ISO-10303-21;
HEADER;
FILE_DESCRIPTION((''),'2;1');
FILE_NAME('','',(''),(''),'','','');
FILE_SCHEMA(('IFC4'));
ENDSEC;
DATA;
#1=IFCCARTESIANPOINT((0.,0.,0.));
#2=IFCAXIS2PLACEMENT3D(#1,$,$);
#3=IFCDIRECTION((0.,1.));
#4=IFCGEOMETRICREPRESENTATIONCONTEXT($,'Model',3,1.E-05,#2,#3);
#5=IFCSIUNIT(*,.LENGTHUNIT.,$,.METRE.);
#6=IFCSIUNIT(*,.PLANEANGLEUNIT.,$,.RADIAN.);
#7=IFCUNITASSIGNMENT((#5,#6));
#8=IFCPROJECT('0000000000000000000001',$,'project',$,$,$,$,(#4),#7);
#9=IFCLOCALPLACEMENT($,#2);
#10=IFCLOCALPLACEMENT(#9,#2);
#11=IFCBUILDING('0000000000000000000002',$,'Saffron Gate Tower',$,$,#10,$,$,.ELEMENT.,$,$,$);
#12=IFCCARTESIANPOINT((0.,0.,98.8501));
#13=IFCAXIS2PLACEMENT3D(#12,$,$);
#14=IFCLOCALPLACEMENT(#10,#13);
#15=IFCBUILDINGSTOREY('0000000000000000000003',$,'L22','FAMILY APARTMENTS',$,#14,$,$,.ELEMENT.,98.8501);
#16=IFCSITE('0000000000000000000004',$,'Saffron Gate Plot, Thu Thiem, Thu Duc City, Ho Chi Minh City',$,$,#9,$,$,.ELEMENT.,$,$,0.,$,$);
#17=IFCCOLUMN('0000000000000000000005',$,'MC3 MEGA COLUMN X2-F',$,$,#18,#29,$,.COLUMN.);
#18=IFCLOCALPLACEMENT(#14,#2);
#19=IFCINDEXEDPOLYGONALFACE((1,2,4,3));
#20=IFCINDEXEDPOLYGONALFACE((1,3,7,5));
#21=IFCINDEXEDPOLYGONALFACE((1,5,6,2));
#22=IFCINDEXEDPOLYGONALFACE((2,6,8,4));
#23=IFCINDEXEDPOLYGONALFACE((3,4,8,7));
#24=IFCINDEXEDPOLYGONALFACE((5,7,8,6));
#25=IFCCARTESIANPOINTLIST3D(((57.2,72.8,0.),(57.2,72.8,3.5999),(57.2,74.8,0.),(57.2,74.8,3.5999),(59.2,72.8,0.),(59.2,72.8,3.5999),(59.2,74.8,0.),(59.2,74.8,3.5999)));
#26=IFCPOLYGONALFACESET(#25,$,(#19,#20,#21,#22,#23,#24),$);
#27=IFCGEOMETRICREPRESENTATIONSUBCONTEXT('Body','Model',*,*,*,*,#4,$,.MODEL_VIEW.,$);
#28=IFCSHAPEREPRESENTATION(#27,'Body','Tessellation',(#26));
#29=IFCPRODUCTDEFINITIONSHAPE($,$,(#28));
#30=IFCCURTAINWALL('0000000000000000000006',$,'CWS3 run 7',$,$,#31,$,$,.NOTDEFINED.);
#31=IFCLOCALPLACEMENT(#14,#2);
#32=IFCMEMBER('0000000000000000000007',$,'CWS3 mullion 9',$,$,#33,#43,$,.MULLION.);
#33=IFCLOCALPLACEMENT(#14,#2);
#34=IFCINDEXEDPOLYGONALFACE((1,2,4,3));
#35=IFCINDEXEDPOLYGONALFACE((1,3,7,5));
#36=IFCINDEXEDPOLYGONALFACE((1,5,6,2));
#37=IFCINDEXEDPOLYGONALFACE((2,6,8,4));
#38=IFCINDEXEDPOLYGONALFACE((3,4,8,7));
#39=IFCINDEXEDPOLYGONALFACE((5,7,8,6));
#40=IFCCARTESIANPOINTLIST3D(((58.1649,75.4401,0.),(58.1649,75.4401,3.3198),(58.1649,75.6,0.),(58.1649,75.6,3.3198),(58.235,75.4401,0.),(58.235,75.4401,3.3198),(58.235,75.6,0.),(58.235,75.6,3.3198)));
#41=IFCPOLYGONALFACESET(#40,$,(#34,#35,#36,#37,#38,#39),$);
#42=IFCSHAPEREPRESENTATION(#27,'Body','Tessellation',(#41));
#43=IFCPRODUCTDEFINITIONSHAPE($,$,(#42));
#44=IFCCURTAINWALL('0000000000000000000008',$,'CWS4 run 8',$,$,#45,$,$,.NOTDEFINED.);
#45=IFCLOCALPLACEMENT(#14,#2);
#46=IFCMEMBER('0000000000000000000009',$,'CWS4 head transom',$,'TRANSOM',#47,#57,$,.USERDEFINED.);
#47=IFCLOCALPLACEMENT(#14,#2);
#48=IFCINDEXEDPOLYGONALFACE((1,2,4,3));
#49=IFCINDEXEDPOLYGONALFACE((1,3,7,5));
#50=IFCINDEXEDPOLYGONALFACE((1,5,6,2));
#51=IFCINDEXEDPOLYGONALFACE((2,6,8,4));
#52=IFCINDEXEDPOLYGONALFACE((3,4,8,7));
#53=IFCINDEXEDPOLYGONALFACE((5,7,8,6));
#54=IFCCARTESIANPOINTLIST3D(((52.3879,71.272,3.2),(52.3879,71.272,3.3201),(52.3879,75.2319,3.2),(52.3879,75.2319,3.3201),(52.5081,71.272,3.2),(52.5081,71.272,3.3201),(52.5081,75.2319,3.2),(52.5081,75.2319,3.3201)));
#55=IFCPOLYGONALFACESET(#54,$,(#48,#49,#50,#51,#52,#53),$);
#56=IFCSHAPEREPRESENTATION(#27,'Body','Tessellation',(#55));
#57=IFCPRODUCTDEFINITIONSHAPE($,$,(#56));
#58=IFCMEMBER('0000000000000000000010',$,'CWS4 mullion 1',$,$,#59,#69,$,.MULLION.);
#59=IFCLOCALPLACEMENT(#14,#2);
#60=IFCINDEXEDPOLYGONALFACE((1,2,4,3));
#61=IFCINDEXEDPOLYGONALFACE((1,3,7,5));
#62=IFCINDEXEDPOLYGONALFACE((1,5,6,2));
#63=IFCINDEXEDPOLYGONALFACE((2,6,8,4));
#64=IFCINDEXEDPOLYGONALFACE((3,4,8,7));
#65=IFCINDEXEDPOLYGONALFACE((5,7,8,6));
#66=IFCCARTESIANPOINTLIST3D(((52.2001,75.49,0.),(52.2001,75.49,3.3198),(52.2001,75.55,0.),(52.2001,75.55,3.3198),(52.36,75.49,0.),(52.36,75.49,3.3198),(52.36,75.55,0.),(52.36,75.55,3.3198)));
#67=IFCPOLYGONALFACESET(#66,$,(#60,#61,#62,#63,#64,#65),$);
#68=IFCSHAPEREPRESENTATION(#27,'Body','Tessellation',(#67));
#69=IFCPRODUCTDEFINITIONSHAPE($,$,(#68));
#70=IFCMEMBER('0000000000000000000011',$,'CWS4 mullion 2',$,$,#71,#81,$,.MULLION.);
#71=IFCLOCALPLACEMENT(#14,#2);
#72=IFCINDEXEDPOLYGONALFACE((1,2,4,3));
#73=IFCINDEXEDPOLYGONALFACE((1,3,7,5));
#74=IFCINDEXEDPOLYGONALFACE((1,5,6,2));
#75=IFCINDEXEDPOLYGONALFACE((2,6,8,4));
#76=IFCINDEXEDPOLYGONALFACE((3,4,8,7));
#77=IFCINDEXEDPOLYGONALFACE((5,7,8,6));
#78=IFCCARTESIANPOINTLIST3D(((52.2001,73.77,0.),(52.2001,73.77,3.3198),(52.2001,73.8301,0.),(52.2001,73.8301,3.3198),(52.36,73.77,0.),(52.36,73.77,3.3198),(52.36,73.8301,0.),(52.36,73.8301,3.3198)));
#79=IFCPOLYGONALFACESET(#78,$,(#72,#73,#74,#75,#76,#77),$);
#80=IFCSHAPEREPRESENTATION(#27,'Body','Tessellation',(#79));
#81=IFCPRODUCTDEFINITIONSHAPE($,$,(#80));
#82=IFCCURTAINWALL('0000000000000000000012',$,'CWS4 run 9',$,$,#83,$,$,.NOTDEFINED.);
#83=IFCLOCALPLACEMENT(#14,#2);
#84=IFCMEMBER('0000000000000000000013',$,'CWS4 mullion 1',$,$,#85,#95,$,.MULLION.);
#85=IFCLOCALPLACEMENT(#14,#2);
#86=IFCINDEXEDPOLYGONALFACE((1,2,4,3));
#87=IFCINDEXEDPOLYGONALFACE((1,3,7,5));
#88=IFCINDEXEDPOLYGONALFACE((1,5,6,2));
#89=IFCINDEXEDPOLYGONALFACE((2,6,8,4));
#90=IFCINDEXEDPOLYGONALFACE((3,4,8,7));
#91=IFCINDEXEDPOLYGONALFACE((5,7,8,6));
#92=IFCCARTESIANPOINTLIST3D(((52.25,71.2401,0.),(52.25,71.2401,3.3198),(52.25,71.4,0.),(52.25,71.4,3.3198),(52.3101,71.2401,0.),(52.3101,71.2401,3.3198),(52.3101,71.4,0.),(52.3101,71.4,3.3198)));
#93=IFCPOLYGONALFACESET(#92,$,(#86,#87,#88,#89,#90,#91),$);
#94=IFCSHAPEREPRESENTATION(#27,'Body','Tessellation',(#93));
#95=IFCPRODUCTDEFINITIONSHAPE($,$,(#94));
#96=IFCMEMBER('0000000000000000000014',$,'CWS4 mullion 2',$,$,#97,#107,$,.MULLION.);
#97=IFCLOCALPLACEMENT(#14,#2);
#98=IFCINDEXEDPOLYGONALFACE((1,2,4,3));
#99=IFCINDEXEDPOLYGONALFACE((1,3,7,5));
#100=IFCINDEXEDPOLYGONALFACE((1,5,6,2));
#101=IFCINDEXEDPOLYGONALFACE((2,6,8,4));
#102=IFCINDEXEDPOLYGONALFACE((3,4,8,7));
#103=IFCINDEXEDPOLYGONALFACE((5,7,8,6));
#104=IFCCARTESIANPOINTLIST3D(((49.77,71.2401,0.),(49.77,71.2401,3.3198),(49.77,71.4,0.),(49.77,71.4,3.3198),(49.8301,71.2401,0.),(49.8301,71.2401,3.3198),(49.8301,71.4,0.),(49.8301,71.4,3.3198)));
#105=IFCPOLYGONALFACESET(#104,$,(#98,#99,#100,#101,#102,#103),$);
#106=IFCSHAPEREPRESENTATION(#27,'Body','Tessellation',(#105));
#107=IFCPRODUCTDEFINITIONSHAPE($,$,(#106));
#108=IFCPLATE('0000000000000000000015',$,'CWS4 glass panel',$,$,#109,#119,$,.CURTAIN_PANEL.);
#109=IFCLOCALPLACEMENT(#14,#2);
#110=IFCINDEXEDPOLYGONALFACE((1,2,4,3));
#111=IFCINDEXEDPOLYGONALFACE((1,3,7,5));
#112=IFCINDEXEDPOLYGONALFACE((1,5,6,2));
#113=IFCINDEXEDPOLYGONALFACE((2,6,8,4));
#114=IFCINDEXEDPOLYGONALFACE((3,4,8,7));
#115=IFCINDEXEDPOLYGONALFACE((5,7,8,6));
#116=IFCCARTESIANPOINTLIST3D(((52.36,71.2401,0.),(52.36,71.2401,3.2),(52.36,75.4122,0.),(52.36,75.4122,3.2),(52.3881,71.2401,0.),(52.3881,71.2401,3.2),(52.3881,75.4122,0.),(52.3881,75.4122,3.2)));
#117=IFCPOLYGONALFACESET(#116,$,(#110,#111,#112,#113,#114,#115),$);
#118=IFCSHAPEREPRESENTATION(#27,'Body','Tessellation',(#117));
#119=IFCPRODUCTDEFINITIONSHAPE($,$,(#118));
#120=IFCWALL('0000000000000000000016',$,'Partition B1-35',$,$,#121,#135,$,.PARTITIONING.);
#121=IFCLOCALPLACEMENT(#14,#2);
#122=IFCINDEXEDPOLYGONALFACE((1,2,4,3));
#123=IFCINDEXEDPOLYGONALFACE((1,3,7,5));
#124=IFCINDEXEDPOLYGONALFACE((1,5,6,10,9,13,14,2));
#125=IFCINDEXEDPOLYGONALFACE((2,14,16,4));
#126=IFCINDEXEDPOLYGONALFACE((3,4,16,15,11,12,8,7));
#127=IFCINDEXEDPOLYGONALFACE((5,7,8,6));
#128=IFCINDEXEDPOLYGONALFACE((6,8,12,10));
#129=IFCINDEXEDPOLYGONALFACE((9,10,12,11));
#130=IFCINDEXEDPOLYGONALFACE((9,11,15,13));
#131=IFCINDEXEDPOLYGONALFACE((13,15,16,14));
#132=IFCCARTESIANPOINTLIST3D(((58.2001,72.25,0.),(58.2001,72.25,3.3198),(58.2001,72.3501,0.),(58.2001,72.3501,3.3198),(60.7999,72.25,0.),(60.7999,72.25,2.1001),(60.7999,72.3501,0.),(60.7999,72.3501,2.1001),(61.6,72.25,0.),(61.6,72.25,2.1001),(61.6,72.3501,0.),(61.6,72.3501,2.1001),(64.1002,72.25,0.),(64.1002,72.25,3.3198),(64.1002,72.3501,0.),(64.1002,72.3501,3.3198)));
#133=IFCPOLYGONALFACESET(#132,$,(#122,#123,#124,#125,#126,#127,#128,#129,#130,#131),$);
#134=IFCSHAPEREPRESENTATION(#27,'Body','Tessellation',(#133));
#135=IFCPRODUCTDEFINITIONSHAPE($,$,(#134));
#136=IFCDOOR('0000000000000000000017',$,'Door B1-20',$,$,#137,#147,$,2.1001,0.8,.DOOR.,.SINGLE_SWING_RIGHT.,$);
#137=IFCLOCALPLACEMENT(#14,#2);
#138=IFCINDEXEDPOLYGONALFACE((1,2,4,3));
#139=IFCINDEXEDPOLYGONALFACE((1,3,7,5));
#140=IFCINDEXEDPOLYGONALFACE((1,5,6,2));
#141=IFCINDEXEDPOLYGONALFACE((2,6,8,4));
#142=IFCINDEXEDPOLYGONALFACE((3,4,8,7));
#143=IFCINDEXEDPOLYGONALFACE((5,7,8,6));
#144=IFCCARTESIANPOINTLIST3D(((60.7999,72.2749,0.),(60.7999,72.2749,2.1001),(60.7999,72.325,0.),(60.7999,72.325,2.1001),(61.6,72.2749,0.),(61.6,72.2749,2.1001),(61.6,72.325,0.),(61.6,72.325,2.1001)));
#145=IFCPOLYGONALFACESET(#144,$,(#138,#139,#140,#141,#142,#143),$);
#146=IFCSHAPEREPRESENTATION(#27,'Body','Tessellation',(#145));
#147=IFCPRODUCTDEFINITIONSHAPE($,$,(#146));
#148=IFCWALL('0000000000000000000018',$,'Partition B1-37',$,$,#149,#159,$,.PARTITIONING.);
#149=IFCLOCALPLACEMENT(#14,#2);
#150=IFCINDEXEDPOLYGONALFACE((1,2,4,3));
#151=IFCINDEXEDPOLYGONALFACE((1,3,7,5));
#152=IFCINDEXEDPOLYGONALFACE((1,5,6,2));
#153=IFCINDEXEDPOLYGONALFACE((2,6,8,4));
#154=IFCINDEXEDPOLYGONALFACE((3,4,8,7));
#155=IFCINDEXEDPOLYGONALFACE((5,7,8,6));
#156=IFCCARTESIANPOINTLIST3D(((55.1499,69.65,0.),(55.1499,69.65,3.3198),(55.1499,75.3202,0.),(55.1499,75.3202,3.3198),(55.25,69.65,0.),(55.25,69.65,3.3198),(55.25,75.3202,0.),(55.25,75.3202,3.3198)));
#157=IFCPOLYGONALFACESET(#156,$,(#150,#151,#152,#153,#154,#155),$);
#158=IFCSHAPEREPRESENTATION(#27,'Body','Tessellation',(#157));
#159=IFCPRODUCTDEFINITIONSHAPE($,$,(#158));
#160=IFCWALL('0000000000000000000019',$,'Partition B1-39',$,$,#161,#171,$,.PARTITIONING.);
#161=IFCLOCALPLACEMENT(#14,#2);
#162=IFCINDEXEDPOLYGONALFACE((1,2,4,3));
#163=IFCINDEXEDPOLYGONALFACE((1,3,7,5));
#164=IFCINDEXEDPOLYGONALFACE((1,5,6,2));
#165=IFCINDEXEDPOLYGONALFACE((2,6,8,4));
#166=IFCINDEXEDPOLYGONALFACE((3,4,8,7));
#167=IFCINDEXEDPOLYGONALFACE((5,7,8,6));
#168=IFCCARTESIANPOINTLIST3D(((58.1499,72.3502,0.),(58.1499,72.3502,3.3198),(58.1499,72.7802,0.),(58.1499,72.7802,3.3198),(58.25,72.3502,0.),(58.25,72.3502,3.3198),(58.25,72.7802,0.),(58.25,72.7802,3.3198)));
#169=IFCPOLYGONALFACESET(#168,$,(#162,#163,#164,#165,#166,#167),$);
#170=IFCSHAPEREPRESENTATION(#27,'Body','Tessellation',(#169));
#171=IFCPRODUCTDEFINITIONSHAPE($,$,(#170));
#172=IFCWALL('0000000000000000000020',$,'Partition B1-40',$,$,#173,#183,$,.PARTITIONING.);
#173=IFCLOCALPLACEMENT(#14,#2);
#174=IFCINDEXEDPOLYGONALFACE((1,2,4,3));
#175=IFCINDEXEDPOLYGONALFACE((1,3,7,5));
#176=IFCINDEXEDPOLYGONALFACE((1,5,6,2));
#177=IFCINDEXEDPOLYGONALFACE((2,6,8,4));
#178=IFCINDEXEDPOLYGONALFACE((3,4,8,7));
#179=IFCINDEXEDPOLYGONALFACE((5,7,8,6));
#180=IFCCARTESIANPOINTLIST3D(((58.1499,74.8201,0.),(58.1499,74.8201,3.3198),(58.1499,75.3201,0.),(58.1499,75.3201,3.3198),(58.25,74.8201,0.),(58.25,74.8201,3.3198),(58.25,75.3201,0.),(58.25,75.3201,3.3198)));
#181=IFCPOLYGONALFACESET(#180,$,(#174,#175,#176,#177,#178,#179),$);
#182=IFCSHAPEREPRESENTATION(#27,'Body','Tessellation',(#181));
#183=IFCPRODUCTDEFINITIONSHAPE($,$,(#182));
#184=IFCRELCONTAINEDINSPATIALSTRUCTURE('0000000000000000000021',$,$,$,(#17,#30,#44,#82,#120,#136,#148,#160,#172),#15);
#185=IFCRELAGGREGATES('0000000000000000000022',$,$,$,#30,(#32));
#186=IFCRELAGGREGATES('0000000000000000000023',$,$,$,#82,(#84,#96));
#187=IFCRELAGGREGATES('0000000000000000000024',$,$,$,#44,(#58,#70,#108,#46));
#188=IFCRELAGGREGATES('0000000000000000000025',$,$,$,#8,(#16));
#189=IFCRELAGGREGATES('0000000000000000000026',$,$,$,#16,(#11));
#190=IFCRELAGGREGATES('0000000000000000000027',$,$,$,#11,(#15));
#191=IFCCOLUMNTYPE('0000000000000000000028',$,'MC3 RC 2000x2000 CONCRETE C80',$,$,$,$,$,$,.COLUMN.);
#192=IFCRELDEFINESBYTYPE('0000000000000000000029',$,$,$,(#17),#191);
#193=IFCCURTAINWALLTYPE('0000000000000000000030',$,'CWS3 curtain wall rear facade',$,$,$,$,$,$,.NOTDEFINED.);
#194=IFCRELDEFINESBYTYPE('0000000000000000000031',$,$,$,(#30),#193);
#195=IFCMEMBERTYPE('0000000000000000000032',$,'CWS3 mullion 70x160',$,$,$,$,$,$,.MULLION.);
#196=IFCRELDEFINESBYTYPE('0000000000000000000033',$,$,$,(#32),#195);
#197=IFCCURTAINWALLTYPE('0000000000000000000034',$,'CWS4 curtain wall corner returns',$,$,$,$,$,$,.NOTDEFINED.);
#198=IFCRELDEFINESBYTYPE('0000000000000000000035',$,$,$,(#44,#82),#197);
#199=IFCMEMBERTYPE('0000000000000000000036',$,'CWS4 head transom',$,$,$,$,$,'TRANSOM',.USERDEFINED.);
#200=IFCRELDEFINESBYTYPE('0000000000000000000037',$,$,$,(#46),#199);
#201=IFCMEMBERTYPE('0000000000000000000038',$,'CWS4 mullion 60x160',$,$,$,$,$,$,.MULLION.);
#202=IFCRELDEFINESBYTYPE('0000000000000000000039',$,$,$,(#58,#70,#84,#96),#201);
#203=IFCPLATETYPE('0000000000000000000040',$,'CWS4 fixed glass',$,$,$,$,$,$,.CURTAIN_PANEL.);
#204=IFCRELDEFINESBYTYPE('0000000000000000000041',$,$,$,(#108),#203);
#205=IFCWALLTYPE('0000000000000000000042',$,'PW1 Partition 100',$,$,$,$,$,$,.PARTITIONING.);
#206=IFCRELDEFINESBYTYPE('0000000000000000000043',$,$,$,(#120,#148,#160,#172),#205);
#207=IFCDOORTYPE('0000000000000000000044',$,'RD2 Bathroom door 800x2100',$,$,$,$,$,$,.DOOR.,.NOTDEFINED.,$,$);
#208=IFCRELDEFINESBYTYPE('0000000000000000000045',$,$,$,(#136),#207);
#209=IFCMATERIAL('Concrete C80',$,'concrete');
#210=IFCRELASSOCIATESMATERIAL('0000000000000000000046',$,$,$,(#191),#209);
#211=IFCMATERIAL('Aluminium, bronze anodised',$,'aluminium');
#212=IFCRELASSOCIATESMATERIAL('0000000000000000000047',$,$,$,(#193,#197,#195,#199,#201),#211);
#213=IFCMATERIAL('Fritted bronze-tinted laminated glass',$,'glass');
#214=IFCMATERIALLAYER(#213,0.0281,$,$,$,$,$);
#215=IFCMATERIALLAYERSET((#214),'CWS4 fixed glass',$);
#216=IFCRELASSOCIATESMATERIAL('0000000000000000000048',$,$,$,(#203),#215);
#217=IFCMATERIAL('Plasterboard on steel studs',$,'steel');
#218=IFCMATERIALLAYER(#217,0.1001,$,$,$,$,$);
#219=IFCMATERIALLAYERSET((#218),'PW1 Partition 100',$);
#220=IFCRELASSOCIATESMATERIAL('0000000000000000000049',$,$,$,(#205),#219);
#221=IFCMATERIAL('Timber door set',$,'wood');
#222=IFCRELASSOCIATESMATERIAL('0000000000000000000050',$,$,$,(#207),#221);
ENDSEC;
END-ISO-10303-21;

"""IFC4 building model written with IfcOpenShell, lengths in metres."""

from ifc_helpers import new_model, si_unit, direction, frame, frame_2d, origin, origin_2d, place, context, subcontext, project, spatial, rectangle, extrude, material, layer, layer_set, material_profile, profile_set, type_object, element, fill, aggregate, save


model = new_model("IFC4")

# Units and contexts
model_context = context("Model", 3, precision=1e-05, world=origin(), true_north=direction((0.0, 1.0)))
body_context = subcontext(model_context, "Body", "Model", "MODEL_VIEW")
ifc_project = project(units=[si_unit("LENGTHUNIT", "METRE"), si_unit("PLANEANGLEUNIT", "RADIAN")], contexts=[model_context])

# Site, building, storey
site_placement = place(None, origin())
site = spatial("IfcSite", under=ifc_project, at=site_placement, Name="Saffron Gate Plot, Thu Thiem, Thu Duc City, Ho Chi Minh City", CompositionType="ELEMENT", RefElevation=0.0)
building_placement = place(site_placement, origin())
building = spatial("IfcBuilding", under=site, at=building_placement, Name="Saffron Gate Tower", CompositionType="ELEMENT")
storey_placement = place(building_placement, frame((0.0, 0.0, 98.8501)))
storey = spatial("IfcBuildingStorey", under=building, at=storey_placement, Name="L22", Description="FAMILY APARTMENTS", CompositionType="ELEMENT", Elevation=98.8501)

# Column
ifc_material_1 = material(Name="Concrete C80", Category="concrete")
ifc_material_profile_1 = material_profile(ifc_material_1, rectangle(XDim=2.0, YDim=2.0, at=origin_2d()))
ifc_profile_set_1 = profile_set([ifc_material_profile_1], Name="Concrete C80")
column_type = type_object("IfcColumnType", Name="MC3 RC 2000x2000 CONCRETE C80", PredefinedType="COLUMN", material=ifc_profile_set_1)
column_placement = place(storey_placement, frame((58.2, 73.8, 0.0), z_axis=(0.0, 0.0, 1.0), x_axis=(1.0, 0.0, 0.0)))
element("IfcColumn", 1, at=column_placement, inside=storey, type_object=column_type, Name="MC3 MEGA COLUMN X2-F", PredefinedType="COLUMN", context=body_context, shape_type="SweptSolid", body=[
    extrude(rectangle(XDim=2.0, YDim=2.0, at=origin_2d()), origin(), (0.0, 0.0, 1.0), 3.5999),
])

# Curtain wall, member
ifc_material_2 = material(Name="Aluminium, bronze anodised", Category="aluminium")
curtain_wall_type_1 = type_object("IfcCurtainWallType", Name="CWS3 curtain wall rear facade", PredefinedType="NOTDEFINED", material=ifc_material_2)
curtain_wall_1_placement = place(storey_placement, origin())
curtain_wall_1 = element("IfcCurtainWall", 2, at=curtain_wall_1_placement, inside=storey, type_object=curtain_wall_type_1, Name="CWS3 run 7", PredefinedType="NOTDEFINED")
ifc_material_profile_2 = material_profile(ifc_material_2, rectangle(XDim=0.1599, YDim=0.0701, at=origin_2d()))
ifc_profile_set_2 = profile_set([ifc_material_profile_2], Name="Aluminium, bronze anodised")
member_type_1 = type_object("IfcMemberType", Name="CWS3 mullion 70x160", PredefinedType="MULLION", material=ifc_profile_set_2)
member_1_placement = place(storey_placement, frame((58.2, 75.52, 0.0), z_axis=(0.0, 0.0, 1.0), x_axis=(0.0, -1.0, 0.0)))
member_1 = element("IfcMember", 3, at=member_1_placement, type_object=member_type_1, Name="CWS3 mullion 9", PredefinedType="MULLION", context=body_context, shape_type="SweptSolid", body=[
    extrude(rectangle(XDim=0.1599, YDim=0.0701, at=origin_2d()), origin(), (0.0, 0.0, 1.0), 3.3198),
])
aggregate(curtain_wall_1, [member_1])

# Curtain walls, members
curtain_wall_type_2 = type_object("IfcCurtainWallType", Name="CWS4 curtain wall corner returns", PredefinedType="NOTDEFINED", material=ifc_material_2)
curtain_wall_2_placement = place(storey_placement, origin())
curtain_wall_2 = element("IfcCurtainWall", 4, at=curtain_wall_2_placement, inside=storey, type_object=curtain_wall_type_2, Name="CWS4 run 8", PredefinedType="NOTDEFINED")
ifc_material_profile_3 = material_profile(ifc_material_2, rectangle(XDim=0.1201, YDim=0.1201, at=origin_2d()))
ifc_profile_set_3 = profile_set([ifc_material_profile_3], Name="Aluminium, bronze anodised")
member_type_2 = type_object("IfcMemberType", Name="CWS4 head transom", ElementType="TRANSOM", PredefinedType="USERDEFINED", material=ifc_profile_set_3)
member_2_placement = place(storey_placement, frame((52.448, 75.2319, 3.26), z_axis=(0.0, -1.0, 0.0), x_axis=(1.0, 0.0, 0.0)))
member_2 = element("IfcMember", 5, at=member_2_placement, type_object=member_type_2, Name="CWS4 head transom", ObjectType="TRANSOM", PredefinedType="USERDEFINED", context=body_context, shape_type="SweptSolid", body=[
    extrude(rectangle(XDim=0.1201, YDim=0.1201, at=origin_2d()), origin(), (0.0, 0.0, 1.0), 3.96),
])
ifc_material_profile_4 = material_profile(ifc_material_2, rectangle(XDim=0.1599, YDim=0.0601, at=origin_2d()))
ifc_profile_set_4 = profile_set([ifc_material_profile_4], Name="Aluminium, bronze anodised")
member_type_3 = type_object("IfcMemberType", Name="CWS4 mullion 60x160", PredefinedType="MULLION", material=ifc_profile_set_4)
member_3_placement = place(storey_placement, frame((52.28, 75.52, 0.0), z_axis=(0.0, 0.0, 1.0), x_axis=(1.0, 0.0, 0.0)))
member_3 = element("IfcMember", 6, at=member_3_placement, type_object=member_type_3, Name="CWS4 mullion 1", PredefinedType="MULLION", context=body_context, shape_type="SweptSolid", body=[
    extrude(rectangle(XDim=0.1599, YDim=0.0601, at=origin_2d()), origin(), (0.0, 0.0, 1.0), 3.3198),
])
member_4_placement = place(storey_placement, frame((52.28, 73.8, 0.0), z_axis=(0.0, 0.0, 1.0), x_axis=(1.0, 0.0, 0.0)))
member_4 = element("IfcMember", 7, at=member_4_placement, type_object=member_type_3, Name="CWS4 mullion 2", PredefinedType="MULLION", context=body_context, shape_type="SweptSolid", body=[
    extrude(rectangle(XDim=0.1599, YDim=0.0601, at=origin_2d()), origin(), (0.0, 0.0, 1.0), 3.3198),
])
curtain_wall_3_placement = place(storey_placement, origin())
curtain_wall_3 = element("IfcCurtainWall", 8, at=curtain_wall_3_placement, inside=storey, type_object=curtain_wall_type_2, Name="CWS4 run 9", PredefinedType="NOTDEFINED")
member_5_placement = place(storey_placement, frame((52.28, 71.3201, 0.0), z_axis=(0.0, 0.0, 1.0), x_axis=(0.0, -1.0, 0.0)))
member_5 = element("IfcMember", 9, at=member_5_placement, type_object=member_type_3, Name="CWS4 mullion 1", PredefinedType="MULLION", context=body_context, shape_type="SweptSolid", body=[
    extrude(rectangle(XDim=0.1599, YDim=0.0601, at=origin_2d()), origin(), (0.0, 0.0, 1.0), 3.3198),
])
member_6_placement = place(storey_placement, frame((49.8, 71.3201, 0.0), z_axis=(0.0, 0.0, 1.0), x_axis=(0.0, -1.0, 0.0)))
member_6 = element("IfcMember", 10, at=member_6_placement, type_object=member_type_3, Name="CWS4 mullion 2", PredefinedType="MULLION", context=body_context, shape_type="SweptSolid", body=[
    extrude(rectangle(XDim=0.1599, YDim=0.0601, at=origin_2d()), origin(), (0.0, 0.0, 1.0), 3.3198),
])
aggregate(curtain_wall_3, [member_5, member_6])

# Plate
ifc_material_3 = material(Name="Fritted bronze-tinted laminated glass", Category="glass")
ifc_layer_1 = layer(ifc_material_3, 0.0281)
ifc_layer_set_1 = layer_set([ifc_layer_1], Name="CWS4 fixed glass")
plate_type = type_object("IfcPlateType", Name="CWS4 fixed glass", PredefinedType="CURTAIN_PANEL", material=ifc_layer_set_1)
plate_placement = place(storey_placement, frame((52.374, 75.4121, 0.0), z_axis=(0.0, 0.0, 1.0), x_axis=(0.0, -1.0, 0.0)))
plate = element("IfcPlate", 11, at=plate_placement, type_object=plate_type, Name="CWS4 glass panel", PredefinedType="CURTAIN_PANEL", context=body_context, shape_type="SweptSolid", body=[
    extrude(rectangle(XDim=4.1721, YDim=0.0281, at=frame_2d((2.0859, 0.0))), origin(), (0.0, 0.0, 1.0), 3.2),
])
aggregate(curtain_wall_2, [member_3, member_4, plate, member_2])

# Wall, opening, door
ifc_material_4 = material(Name="Plasterboard on steel studs", Category="steel")
ifc_layer_2 = layer(ifc_material_4, 0.1001)
ifc_layer_set_2 = layer_set([ifc_layer_2], Name="PW1 Partition 100")
wall_type = type_object("IfcWallType", Name="PW1 Partition 100", PredefinedType="PARTITIONING", material=ifc_layer_set_2)
wall_1_placement = place(storey_placement, frame((58.2, 72.3, 0.0), z_axis=(0.0, 0.0, 1.0), x_axis=(1.0, 0.0, 0.0)))
wall_1 = element("IfcWall", 12, at=wall_1_placement, inside=storey, type_object=wall_type, Name="Partition B1-35", PredefinedType="PARTITIONING", context=body_context, shape_type="SweptSolid", body=[
    extrude(rectangle(XDim=5.9001, YDim=0.1001, at=frame_2d((2.9502, 0.0))), origin(), (0.0, 0.0, 1.0), 3.3198),
])
opening_placement = place(wall_1_placement, frame((2.6001, 0.0, 0.0)))
opening = element("IfcOpeningElement", 13, at=opening_placement, cuts=wall_1, PredefinedType="OPENING", context=body_context, shape_type="SweptSolid", body=[
    extrude(rectangle(XDim=0.8, YDim=2.1001, at=frame_2d((0.3999, 1.05))), frame((0.0, 0.0601, 0.0), z_axis=(0.0, -1.0, 0.0), x_axis=(1.0, 0.0, 0.0)), (0.0, 0.0, 1.0), 0.1201),
])
ifc_material_5 = material(Name="Timber door set", Category="wood")
door_type = type_object("IfcDoorType", Name="RD2 Bathroom door 800x2100", OperationType="NOTDEFINED", PredefinedType="DOOR", material=ifc_material_5)
door_placement = place(opening_placement, origin())
door = element("IfcDoor", 14, at=door_placement, inside=storey, type_object=door_type, Name="Door B1-20", OperationType="SINGLE_SWING_RIGHT", OverallHeight=2.1001, OverallWidth=0.8, PredefinedType="DOOR", context=body_context, shape_type="SweptSolid", body=[
    extrude(rectangle(XDim=0.8, YDim=2.1001, at=frame_2d((0.3999, 1.05))), frame((0.0, 0.0249, 0.0), z_axis=(0.0, -1.0, 0.0), x_axis=(1.0, 0.0, 0.0)), (0.0, 0.0, 1.0), 0.05),
])
fill(opening, door)

# Walls
wall_2_placement = place(storey_placement, frame((55.2, 75.3201, 0.0), z_axis=(0.0, 0.0, 1.0), x_axis=(0.0, -1.0, 0.0)))
element("IfcWall", 15, at=wall_2_placement, inside=storey, type_object=wall_type, Name="Partition B1-37", PredefinedType="PARTITIONING", context=body_context, shape_type="SweptSolid", body=[
    extrude(rectangle(XDim=5.6702, YDim=0.1001, at=frame_2d((2.835, 0.0))), origin(), (0.0, 0.0, 1.0), 3.3198),
])
wall_3_placement = place(storey_placement, frame((58.2, 72.78, 0.0), z_axis=(0.0, 0.0, 1.0), x_axis=(0.0, -1.0, 0.0)))
element("IfcWall", 16, at=wall_3_placement, inside=storey, type_object=wall_type, Name="Partition B1-39", PredefinedType="PARTITIONING", context=body_context, shape_type="SweptSolid", body=[
    extrude(rectangle(XDim=0.4299, YDim=0.1001, at=frame_2d((0.2148, 0.0))), origin(), (0.0, 0.0, 1.0), 3.3198),
])
wall_4_placement = place(storey_placement, frame((58.2, 75.3201, 0.0), z_axis=(0.0, 0.0, 1.0), x_axis=(0.0, -1.0, 0.0)))
element("IfcWall", 17, at=wall_4_placement, inside=storey, type_object=wall_type, Name="Partition B1-40", PredefinedType="PARTITIONING", context=body_context, shape_type="SweptSolid", body=[
    extrude(rectangle(XDim=0.5, YDim=0.1001, at=frame_2d((0.25, 0.0))), origin(), (0.0, 0.0, 1.0), 3.3198),
])

save(model, "model.ifc")
